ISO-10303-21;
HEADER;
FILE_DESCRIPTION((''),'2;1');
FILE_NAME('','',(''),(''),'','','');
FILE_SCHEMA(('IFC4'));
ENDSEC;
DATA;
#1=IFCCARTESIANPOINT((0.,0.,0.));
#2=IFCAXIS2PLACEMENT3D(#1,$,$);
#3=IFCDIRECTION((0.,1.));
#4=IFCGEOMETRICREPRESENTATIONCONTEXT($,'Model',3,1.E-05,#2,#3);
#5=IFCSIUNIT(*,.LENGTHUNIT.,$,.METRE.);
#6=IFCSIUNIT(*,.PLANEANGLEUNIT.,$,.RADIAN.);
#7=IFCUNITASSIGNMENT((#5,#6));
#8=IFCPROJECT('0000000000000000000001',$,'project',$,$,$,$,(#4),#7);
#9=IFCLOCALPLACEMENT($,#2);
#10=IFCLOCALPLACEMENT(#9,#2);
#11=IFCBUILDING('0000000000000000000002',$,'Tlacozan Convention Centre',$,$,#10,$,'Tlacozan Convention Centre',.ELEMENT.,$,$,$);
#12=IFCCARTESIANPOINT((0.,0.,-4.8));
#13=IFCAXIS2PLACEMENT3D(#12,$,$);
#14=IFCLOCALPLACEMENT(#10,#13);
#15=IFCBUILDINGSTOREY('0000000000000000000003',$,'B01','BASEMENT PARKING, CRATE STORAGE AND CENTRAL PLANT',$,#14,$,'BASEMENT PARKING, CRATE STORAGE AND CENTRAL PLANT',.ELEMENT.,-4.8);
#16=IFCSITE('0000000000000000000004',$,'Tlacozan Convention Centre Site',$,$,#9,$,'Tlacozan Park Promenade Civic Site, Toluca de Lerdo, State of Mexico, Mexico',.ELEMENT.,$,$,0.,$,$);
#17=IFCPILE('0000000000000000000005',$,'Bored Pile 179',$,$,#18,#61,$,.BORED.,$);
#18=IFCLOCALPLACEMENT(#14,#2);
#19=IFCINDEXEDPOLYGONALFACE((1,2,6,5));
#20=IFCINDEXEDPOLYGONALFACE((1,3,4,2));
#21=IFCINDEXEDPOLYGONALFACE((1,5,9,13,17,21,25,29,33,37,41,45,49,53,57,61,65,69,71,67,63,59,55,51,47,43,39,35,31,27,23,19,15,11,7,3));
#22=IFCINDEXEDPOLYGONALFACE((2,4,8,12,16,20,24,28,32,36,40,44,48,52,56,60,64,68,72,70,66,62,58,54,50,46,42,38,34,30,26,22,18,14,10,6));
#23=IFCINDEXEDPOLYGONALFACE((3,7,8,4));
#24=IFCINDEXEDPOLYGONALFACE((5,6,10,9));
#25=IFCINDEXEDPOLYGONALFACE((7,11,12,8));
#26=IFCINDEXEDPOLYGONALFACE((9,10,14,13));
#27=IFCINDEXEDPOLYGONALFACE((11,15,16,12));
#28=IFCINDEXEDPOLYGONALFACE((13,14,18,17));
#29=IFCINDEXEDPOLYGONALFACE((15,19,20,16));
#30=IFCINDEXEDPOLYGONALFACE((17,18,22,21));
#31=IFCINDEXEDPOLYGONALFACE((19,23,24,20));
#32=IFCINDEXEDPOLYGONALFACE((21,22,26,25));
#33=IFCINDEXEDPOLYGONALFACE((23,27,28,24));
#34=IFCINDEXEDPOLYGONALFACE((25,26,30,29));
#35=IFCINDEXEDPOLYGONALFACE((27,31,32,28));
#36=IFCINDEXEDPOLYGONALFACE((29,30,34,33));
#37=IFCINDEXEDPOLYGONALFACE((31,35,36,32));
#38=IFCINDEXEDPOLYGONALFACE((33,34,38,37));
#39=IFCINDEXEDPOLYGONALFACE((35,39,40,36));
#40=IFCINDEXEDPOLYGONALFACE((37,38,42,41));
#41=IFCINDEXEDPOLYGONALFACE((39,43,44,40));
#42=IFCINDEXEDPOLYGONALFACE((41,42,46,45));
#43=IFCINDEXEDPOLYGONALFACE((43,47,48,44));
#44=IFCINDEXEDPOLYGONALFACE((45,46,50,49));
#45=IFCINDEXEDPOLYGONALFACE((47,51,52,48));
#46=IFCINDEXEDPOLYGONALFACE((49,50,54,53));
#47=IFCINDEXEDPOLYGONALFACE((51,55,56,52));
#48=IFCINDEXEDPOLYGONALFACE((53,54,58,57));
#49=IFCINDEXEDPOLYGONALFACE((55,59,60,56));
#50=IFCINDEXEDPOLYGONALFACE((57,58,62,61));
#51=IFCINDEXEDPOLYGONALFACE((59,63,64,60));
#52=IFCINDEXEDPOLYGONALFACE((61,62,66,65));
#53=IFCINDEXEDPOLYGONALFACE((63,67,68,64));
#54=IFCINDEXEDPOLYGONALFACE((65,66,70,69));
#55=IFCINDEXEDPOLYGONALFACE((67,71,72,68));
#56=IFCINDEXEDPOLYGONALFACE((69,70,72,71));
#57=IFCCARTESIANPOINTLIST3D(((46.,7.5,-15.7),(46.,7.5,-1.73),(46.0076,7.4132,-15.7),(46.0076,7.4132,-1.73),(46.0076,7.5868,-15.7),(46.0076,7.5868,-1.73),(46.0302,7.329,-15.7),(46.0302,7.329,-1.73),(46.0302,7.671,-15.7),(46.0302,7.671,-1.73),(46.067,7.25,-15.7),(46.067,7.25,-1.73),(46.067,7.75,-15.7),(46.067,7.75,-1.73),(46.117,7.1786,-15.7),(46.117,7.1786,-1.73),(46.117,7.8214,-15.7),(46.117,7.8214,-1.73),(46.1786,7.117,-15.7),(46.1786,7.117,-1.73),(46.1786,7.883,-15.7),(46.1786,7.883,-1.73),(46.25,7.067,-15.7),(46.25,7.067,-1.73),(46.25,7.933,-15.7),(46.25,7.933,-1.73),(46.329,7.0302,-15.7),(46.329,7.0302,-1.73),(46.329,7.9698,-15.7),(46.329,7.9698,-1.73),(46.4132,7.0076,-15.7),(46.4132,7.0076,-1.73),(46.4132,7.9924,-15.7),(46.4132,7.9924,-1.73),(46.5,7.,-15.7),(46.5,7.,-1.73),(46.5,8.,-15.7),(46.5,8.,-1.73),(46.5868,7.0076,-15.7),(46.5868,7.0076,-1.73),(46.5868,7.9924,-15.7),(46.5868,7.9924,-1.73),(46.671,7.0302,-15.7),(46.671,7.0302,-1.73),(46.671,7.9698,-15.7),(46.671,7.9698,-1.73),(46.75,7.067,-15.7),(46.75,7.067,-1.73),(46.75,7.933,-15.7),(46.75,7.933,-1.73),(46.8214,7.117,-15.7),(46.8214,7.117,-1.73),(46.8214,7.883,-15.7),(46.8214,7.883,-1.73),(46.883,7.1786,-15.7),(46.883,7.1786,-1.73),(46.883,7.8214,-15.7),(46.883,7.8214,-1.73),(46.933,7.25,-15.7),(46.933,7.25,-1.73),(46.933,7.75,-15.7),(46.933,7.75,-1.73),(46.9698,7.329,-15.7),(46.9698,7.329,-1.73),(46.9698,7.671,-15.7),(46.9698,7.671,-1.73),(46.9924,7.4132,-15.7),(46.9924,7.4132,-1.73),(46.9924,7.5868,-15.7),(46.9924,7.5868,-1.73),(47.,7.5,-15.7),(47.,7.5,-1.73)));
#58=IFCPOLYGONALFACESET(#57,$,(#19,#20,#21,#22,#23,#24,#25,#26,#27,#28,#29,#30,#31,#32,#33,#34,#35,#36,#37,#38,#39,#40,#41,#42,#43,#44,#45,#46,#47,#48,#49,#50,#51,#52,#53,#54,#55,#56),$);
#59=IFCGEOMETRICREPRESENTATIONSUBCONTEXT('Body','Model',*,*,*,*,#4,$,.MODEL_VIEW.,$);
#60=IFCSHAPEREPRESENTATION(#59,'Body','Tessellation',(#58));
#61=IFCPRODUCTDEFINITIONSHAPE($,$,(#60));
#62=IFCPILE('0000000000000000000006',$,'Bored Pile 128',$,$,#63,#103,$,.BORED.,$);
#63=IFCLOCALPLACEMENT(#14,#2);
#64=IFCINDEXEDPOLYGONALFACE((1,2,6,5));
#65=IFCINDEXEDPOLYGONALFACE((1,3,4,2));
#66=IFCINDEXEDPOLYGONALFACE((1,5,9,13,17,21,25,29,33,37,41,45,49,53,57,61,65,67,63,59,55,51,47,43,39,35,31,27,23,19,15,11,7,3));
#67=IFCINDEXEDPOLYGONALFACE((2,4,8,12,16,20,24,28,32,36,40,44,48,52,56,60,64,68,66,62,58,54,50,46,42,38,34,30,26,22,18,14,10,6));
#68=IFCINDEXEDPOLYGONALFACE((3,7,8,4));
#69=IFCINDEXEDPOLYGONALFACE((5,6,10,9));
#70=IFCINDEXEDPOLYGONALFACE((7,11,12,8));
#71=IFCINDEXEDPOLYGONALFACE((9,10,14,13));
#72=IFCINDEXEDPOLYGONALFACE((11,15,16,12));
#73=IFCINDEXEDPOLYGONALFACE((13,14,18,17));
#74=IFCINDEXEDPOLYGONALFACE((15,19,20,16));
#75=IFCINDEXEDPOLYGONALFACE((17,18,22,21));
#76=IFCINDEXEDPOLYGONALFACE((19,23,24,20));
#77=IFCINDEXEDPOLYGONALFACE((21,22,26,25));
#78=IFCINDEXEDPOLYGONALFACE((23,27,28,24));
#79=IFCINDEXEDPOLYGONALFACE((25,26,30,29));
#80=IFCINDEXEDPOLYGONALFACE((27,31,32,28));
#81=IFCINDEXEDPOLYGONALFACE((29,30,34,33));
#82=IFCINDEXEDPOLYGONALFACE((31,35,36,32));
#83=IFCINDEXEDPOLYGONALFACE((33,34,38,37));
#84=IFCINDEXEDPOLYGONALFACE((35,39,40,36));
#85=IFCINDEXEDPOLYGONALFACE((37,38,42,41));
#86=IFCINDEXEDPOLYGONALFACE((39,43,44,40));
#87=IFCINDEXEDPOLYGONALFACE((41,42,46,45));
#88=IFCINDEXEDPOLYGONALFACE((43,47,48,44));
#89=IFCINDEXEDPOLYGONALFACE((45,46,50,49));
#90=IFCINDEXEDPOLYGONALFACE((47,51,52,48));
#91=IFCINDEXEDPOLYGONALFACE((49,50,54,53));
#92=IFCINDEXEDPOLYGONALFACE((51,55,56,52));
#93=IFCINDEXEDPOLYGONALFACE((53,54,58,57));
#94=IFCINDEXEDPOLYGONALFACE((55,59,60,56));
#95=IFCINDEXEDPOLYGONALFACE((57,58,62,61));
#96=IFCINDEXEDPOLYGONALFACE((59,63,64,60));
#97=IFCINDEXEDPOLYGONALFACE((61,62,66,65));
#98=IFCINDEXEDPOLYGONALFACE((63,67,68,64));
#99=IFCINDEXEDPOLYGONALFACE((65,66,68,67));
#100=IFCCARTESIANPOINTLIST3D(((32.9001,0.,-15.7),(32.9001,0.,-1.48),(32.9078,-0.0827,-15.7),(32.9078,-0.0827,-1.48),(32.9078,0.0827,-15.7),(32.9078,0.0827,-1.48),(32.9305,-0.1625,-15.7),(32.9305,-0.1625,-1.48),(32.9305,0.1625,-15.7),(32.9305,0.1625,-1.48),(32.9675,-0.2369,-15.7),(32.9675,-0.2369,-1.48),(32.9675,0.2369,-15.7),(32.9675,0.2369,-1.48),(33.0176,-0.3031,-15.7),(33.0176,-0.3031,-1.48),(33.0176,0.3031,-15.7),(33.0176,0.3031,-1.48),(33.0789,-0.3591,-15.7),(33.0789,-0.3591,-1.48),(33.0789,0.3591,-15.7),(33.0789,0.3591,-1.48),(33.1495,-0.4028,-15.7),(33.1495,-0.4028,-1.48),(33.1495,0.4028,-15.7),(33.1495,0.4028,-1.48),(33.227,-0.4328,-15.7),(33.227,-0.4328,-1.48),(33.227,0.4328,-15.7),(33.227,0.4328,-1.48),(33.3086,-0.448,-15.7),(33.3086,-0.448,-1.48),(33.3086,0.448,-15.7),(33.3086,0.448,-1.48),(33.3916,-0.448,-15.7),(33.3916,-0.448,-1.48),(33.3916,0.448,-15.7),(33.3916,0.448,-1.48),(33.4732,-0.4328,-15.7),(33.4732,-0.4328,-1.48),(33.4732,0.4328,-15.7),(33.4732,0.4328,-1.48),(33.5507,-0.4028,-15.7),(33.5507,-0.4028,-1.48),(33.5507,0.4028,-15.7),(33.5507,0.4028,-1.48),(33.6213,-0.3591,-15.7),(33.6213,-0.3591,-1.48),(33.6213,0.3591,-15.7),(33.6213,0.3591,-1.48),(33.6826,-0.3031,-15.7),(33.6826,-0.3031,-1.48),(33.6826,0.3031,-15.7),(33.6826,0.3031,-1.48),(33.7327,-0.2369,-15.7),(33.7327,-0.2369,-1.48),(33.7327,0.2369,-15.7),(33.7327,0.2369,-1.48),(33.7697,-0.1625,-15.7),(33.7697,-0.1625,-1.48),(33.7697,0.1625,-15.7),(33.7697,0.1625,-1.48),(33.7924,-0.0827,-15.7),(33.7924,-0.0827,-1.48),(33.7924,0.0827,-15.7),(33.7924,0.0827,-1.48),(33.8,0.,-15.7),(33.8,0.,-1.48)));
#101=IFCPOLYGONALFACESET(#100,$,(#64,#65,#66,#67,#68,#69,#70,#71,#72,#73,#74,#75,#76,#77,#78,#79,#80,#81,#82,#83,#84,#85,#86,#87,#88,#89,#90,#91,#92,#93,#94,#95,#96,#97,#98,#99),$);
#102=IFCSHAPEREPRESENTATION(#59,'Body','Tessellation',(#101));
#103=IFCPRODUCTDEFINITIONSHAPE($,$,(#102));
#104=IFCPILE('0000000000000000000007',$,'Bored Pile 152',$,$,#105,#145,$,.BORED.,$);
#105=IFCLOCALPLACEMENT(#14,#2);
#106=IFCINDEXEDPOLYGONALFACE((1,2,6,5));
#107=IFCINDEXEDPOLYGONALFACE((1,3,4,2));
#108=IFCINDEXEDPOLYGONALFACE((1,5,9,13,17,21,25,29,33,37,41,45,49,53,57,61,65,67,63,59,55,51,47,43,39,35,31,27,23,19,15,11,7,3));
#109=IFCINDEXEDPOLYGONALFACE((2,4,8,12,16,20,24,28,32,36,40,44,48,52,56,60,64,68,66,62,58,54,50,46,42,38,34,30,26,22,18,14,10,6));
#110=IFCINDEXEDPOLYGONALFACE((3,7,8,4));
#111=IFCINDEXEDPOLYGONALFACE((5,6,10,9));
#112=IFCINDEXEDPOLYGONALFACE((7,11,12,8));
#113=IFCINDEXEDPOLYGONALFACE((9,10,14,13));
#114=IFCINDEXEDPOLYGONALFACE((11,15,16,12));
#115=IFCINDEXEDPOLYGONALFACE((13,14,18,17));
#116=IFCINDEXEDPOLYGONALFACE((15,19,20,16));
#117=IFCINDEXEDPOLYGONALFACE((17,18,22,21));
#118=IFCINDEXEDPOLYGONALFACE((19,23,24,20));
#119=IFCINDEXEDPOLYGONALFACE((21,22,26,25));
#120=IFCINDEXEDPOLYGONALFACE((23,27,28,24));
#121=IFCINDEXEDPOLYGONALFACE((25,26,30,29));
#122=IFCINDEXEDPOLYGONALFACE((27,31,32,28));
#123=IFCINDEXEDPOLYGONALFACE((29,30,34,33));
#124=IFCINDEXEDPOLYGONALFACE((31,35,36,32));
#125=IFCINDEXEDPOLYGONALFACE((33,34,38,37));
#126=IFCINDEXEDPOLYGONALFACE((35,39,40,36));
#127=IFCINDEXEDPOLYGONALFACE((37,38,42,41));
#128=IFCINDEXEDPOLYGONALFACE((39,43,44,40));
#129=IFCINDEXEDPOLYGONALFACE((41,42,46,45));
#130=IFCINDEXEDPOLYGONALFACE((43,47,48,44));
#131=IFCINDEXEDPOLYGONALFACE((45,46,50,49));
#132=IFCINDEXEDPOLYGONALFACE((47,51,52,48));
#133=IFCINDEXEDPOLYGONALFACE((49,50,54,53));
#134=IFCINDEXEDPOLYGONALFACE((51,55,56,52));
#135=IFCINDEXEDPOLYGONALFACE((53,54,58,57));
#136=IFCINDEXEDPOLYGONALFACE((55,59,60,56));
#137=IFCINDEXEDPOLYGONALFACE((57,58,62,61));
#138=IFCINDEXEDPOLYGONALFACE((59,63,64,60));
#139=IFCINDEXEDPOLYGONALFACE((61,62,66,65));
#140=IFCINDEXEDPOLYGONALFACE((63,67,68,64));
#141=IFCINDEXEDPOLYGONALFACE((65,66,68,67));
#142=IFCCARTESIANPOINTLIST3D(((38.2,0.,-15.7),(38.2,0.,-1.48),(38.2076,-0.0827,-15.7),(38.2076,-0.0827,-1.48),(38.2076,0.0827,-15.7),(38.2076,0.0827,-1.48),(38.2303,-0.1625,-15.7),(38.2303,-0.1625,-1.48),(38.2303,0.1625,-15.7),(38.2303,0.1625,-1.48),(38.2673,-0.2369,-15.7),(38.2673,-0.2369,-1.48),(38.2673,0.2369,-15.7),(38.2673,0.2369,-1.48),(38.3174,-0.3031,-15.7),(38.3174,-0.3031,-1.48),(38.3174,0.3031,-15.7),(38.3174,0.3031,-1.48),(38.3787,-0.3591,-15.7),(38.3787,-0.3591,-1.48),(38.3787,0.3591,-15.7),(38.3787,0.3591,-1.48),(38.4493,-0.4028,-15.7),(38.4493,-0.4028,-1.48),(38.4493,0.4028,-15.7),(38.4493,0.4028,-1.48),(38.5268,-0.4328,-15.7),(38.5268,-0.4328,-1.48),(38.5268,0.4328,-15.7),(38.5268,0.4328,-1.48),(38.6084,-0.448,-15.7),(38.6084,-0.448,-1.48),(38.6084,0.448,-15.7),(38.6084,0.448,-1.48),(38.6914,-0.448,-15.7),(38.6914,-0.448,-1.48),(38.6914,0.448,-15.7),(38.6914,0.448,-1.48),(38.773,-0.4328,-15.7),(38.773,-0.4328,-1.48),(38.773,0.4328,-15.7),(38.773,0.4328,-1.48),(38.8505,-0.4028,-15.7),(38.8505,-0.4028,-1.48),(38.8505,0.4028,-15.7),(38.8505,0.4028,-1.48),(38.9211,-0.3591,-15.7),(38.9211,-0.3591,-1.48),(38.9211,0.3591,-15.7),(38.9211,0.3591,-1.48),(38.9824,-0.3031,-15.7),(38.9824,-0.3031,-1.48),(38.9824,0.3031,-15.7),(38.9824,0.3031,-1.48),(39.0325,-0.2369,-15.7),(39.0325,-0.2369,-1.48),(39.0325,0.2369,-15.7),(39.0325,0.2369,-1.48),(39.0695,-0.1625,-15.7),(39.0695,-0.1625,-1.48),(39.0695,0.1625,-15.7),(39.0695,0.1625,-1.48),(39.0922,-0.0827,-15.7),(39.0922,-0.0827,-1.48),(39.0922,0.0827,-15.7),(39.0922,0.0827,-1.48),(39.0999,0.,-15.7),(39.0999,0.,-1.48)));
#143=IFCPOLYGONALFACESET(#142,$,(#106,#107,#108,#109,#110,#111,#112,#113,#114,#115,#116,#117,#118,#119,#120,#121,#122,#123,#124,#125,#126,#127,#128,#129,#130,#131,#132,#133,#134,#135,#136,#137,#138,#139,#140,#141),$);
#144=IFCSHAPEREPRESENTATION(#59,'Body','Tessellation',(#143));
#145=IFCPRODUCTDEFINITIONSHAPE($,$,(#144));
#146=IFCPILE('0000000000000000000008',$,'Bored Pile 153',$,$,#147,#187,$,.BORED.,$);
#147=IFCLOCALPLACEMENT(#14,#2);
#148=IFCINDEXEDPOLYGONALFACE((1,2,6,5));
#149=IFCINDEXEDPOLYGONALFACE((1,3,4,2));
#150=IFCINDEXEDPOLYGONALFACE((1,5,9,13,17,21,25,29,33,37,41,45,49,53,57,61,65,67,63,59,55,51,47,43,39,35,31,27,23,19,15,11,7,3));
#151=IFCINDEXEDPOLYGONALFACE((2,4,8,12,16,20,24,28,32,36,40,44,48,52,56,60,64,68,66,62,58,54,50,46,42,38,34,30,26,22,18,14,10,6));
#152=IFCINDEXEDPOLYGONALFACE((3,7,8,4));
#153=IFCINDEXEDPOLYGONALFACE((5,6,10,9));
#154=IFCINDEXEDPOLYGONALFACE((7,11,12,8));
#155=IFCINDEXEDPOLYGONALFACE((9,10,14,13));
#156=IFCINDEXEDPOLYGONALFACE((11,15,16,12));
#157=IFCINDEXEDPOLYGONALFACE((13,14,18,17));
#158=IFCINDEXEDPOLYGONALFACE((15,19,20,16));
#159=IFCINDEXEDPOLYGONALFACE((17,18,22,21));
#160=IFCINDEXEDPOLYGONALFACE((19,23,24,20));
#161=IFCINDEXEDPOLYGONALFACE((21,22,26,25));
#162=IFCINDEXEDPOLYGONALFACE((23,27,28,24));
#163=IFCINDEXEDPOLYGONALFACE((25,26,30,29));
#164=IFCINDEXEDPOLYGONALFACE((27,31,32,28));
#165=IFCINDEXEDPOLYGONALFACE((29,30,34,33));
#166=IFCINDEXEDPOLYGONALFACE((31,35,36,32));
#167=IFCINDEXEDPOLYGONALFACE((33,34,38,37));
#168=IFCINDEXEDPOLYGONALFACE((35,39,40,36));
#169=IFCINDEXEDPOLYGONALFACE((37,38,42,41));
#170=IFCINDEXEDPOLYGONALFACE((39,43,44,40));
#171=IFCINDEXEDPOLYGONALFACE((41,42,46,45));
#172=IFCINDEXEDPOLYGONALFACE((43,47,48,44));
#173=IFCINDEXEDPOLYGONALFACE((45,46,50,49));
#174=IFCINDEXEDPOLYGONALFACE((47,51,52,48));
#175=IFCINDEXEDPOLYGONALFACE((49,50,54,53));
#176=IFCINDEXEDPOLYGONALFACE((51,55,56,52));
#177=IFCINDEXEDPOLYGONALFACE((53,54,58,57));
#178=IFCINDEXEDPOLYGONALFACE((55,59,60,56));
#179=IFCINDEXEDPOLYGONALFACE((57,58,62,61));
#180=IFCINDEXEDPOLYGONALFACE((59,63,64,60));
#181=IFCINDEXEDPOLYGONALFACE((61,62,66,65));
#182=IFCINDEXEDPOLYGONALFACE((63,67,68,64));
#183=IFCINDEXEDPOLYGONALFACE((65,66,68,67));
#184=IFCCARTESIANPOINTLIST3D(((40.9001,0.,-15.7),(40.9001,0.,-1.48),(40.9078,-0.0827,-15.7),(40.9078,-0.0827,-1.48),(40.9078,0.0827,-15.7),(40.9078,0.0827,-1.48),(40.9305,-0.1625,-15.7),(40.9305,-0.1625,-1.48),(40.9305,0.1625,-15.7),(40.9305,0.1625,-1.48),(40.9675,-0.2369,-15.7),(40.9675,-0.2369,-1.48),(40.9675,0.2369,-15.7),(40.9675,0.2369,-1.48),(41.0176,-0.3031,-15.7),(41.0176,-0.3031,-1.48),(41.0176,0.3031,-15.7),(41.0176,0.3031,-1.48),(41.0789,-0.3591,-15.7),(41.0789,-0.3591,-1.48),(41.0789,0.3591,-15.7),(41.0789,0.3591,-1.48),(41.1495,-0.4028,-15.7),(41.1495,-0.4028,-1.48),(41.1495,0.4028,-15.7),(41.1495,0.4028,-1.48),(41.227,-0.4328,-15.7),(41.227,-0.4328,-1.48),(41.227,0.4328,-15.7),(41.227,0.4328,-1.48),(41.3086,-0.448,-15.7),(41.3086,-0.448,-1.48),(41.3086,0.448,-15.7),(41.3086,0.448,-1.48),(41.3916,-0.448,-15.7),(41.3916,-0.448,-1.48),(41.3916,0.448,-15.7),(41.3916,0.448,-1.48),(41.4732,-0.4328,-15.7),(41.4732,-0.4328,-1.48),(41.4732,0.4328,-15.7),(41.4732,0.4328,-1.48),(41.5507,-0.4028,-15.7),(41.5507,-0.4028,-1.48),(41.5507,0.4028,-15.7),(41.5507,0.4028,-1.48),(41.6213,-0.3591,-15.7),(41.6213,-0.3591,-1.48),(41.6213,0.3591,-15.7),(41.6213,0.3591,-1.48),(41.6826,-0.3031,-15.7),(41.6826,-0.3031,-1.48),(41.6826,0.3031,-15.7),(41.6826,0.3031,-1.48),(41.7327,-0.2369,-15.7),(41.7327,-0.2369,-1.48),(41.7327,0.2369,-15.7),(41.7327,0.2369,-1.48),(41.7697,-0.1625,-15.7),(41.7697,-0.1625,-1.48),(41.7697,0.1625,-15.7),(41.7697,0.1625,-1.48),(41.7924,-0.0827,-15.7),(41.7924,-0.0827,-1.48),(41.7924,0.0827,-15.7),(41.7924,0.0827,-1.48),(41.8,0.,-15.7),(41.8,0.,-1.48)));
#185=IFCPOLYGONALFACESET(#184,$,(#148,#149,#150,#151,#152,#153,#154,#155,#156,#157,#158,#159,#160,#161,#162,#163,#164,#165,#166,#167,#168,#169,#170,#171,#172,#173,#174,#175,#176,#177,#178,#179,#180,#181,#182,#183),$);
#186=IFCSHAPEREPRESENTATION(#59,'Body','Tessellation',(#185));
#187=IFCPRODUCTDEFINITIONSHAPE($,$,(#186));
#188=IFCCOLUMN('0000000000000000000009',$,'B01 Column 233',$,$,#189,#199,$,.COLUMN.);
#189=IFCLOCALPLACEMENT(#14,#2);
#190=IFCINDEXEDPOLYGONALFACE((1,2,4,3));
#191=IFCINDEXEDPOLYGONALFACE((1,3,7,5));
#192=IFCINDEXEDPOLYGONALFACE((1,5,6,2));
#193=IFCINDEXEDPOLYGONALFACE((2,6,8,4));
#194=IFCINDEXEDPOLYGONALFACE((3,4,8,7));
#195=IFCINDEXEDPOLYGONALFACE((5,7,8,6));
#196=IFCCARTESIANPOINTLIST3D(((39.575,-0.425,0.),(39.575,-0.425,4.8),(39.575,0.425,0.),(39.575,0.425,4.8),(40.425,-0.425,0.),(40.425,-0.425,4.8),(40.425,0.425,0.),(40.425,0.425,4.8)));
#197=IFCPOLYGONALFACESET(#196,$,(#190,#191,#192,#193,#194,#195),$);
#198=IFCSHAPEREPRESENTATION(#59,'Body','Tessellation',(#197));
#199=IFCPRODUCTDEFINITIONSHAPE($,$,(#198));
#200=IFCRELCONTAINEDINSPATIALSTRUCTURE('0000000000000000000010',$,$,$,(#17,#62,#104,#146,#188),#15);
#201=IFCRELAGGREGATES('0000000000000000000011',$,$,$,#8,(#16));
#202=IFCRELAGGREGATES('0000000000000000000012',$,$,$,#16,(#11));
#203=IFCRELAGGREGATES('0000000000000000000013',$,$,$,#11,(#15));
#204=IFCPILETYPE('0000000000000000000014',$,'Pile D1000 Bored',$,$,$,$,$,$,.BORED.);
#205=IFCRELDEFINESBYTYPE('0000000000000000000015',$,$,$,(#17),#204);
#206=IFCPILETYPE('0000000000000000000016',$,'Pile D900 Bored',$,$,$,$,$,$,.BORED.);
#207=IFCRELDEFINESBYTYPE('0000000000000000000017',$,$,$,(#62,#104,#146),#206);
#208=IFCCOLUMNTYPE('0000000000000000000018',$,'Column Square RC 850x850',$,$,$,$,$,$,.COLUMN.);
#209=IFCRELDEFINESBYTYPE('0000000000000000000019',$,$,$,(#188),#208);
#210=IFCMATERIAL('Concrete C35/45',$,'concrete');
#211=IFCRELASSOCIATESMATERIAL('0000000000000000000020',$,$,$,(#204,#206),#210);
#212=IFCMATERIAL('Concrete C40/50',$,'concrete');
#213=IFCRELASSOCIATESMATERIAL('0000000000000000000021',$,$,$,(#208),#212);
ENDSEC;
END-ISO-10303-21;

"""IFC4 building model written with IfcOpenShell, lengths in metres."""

from ifc_helpers import new_model, si_unit, direction, frame, origin, origin_2d, place, context, subcontext, project, spatial, rectangle, circle, extrude, material, material_profile, profile_set, type_object, element, save


model = new_model("IFC4")

# Units and contexts
model_context = context("Model", 3, precision=1e-05, world=origin(), true_north=direction((0.0, 1.0)))
body_context = subcontext(model_context, "Body", "Model", "MODEL_VIEW")
ifc_project = project(units=[si_unit("LENGTHUNIT", "METRE"), si_unit("PLANEANGLEUNIT", "RADIAN")], contexts=[model_context])

# Site, building, storey
site_placement = place(None, origin())
site = spatial("IfcSite", under=ifc_project, at=site_placement, Name="Tlacozan Convention Centre Site", LongName="Tlacozan Park Promenade Civic Site, Toluca de Lerdo, State of Mexico, Mexico", CompositionType="ELEMENT", RefElevation=0.0)
building_placement = place(site_placement, origin())
building = spatial("IfcBuilding", under=site, at=building_placement, Name="Tlacozan Convention Centre", LongName="Tlacozan Convention Centre", CompositionType="ELEMENT")
storey_placement = place(building_placement, frame((0.0, 0.0, -4.8)))
storey = spatial("IfcBuildingStorey", under=building, at=storey_placement, Name="B01", Description="BASEMENT PARKING, CRATE STORAGE AND CENTRAL PLANT", LongName="BASEMENT PARKING, CRATE STORAGE AND CENTRAL PLANT", CompositionType="ELEMENT", Elevation=-4.8)

# Shared definitions
ifc_material_1 = material(Name="Concrete C35/45", Category="concrete")

# Piles
ifc_material_profile_1 = material_profile(ifc_material_1, circle(Radius=0.5, at=origin_2d()), Name="PILE D1000")
ifc_profile_set_1 = profile_set([ifc_material_profile_1], Name="Concrete C35/45")
pile_type_1 = type_object("IfcPileType", Name="Pile D1000 Bored", PredefinedType="BORED", material=ifc_profile_set_1)
for number, where, z_axis, x_axis, name in (
    (1, (46.5, 7.5, -1.73), (0.0, 0.0, -1.0), (1.0, 0.0, 0.0), "Bored Pile 179"),
):
    element("IfcPile", number, at=place(storey_placement, frame(where, z_axis=z_axis, x_axis=x_axis)), inside=storey, type_object=pile_type_1, Name=name, PredefinedType="BORED", context=body_context, shape_type="SweptSolid", body=[
        extrude(circle(Radius=0.5, at=origin_2d()), origin(), (0.0, 0.0, 1.0), 13.97),
    ])
ifc_material_profile_2 = material_profile(ifc_material_1, circle(Radius=0.45, at=origin_2d()), Name="PILE D900")
ifc_profile_set_2 = profile_set([ifc_material_profile_2], Name="Concrete C35/45")
pile_type_2 = type_object("IfcPileType", Name="Pile D900 Bored", PredefinedType="BORED", material=ifc_profile_set_2)
for number, where, z_axis, x_axis, name in (
    (2, (33.3501, 0.0, -1.48), (0.0, 0.0, -1.0), (1.0, 0.0, 0.0), "Bored Pile 128"),
    (3, (38.6499, 0.0, -1.48), (0.0, 0.0, -1.0), (1.0, 0.0, 0.0), "Bored Pile 152"),
    (4, (41.3501, 0.0, -1.48), (0.0, 0.0, -1.0), (1.0, 0.0, 0.0), "Bored Pile 153"),
):
    element("IfcPile", number, at=place(storey_placement, frame(where, z_axis=z_axis, x_axis=x_axis)), inside=storey, type_object=pile_type_2, Name=name, PredefinedType="BORED", context=body_context, shape_type="SweptSolid", body=[
        extrude(circle(Radius=0.45, at=origin_2d()), origin(), (0.0, 0.0, 1.0), 14.22),
    ])

# Column
ifc_material_2 = material(Name="Concrete C40/50", Category="concrete")
ifc_material_profile_3 = material_profile(ifc_material_2, rectangle(XDim=0.8501, YDim=0.8501, at=origin_2d()), Name="RC 850x850")
ifc_profile_set_3 = profile_set([ifc_material_profile_3], Name="Concrete C40/50")
column_type_1 = type_object("IfcColumnType", Name="Column Square RC 850x850", PredefinedType="COLUMN", material=ifc_profile_set_3)
for number, where, z_axis, x_axis, name in (
    (5, (40.0, 0.0, 0.0), (0.0, 0.0, 1.0), (1.0, 0.0, 0.0), "B01 Column 233"),
):
    element("IfcColumn", number, at=place(storey_placement, frame(where, z_axis=z_axis, x_axis=x_axis)), inside=storey, type_object=column_type_1, Name=name, PredefinedType="COLUMN", context=body_context, shape_type="SweptSolid", body=[
        extrude(rectangle(XDim=0.8501, YDim=0.8501, at=origin_2d()), origin(), (0.0, 0.0, 1.0), 4.8),
    ])

save(model, "model.ifc")
